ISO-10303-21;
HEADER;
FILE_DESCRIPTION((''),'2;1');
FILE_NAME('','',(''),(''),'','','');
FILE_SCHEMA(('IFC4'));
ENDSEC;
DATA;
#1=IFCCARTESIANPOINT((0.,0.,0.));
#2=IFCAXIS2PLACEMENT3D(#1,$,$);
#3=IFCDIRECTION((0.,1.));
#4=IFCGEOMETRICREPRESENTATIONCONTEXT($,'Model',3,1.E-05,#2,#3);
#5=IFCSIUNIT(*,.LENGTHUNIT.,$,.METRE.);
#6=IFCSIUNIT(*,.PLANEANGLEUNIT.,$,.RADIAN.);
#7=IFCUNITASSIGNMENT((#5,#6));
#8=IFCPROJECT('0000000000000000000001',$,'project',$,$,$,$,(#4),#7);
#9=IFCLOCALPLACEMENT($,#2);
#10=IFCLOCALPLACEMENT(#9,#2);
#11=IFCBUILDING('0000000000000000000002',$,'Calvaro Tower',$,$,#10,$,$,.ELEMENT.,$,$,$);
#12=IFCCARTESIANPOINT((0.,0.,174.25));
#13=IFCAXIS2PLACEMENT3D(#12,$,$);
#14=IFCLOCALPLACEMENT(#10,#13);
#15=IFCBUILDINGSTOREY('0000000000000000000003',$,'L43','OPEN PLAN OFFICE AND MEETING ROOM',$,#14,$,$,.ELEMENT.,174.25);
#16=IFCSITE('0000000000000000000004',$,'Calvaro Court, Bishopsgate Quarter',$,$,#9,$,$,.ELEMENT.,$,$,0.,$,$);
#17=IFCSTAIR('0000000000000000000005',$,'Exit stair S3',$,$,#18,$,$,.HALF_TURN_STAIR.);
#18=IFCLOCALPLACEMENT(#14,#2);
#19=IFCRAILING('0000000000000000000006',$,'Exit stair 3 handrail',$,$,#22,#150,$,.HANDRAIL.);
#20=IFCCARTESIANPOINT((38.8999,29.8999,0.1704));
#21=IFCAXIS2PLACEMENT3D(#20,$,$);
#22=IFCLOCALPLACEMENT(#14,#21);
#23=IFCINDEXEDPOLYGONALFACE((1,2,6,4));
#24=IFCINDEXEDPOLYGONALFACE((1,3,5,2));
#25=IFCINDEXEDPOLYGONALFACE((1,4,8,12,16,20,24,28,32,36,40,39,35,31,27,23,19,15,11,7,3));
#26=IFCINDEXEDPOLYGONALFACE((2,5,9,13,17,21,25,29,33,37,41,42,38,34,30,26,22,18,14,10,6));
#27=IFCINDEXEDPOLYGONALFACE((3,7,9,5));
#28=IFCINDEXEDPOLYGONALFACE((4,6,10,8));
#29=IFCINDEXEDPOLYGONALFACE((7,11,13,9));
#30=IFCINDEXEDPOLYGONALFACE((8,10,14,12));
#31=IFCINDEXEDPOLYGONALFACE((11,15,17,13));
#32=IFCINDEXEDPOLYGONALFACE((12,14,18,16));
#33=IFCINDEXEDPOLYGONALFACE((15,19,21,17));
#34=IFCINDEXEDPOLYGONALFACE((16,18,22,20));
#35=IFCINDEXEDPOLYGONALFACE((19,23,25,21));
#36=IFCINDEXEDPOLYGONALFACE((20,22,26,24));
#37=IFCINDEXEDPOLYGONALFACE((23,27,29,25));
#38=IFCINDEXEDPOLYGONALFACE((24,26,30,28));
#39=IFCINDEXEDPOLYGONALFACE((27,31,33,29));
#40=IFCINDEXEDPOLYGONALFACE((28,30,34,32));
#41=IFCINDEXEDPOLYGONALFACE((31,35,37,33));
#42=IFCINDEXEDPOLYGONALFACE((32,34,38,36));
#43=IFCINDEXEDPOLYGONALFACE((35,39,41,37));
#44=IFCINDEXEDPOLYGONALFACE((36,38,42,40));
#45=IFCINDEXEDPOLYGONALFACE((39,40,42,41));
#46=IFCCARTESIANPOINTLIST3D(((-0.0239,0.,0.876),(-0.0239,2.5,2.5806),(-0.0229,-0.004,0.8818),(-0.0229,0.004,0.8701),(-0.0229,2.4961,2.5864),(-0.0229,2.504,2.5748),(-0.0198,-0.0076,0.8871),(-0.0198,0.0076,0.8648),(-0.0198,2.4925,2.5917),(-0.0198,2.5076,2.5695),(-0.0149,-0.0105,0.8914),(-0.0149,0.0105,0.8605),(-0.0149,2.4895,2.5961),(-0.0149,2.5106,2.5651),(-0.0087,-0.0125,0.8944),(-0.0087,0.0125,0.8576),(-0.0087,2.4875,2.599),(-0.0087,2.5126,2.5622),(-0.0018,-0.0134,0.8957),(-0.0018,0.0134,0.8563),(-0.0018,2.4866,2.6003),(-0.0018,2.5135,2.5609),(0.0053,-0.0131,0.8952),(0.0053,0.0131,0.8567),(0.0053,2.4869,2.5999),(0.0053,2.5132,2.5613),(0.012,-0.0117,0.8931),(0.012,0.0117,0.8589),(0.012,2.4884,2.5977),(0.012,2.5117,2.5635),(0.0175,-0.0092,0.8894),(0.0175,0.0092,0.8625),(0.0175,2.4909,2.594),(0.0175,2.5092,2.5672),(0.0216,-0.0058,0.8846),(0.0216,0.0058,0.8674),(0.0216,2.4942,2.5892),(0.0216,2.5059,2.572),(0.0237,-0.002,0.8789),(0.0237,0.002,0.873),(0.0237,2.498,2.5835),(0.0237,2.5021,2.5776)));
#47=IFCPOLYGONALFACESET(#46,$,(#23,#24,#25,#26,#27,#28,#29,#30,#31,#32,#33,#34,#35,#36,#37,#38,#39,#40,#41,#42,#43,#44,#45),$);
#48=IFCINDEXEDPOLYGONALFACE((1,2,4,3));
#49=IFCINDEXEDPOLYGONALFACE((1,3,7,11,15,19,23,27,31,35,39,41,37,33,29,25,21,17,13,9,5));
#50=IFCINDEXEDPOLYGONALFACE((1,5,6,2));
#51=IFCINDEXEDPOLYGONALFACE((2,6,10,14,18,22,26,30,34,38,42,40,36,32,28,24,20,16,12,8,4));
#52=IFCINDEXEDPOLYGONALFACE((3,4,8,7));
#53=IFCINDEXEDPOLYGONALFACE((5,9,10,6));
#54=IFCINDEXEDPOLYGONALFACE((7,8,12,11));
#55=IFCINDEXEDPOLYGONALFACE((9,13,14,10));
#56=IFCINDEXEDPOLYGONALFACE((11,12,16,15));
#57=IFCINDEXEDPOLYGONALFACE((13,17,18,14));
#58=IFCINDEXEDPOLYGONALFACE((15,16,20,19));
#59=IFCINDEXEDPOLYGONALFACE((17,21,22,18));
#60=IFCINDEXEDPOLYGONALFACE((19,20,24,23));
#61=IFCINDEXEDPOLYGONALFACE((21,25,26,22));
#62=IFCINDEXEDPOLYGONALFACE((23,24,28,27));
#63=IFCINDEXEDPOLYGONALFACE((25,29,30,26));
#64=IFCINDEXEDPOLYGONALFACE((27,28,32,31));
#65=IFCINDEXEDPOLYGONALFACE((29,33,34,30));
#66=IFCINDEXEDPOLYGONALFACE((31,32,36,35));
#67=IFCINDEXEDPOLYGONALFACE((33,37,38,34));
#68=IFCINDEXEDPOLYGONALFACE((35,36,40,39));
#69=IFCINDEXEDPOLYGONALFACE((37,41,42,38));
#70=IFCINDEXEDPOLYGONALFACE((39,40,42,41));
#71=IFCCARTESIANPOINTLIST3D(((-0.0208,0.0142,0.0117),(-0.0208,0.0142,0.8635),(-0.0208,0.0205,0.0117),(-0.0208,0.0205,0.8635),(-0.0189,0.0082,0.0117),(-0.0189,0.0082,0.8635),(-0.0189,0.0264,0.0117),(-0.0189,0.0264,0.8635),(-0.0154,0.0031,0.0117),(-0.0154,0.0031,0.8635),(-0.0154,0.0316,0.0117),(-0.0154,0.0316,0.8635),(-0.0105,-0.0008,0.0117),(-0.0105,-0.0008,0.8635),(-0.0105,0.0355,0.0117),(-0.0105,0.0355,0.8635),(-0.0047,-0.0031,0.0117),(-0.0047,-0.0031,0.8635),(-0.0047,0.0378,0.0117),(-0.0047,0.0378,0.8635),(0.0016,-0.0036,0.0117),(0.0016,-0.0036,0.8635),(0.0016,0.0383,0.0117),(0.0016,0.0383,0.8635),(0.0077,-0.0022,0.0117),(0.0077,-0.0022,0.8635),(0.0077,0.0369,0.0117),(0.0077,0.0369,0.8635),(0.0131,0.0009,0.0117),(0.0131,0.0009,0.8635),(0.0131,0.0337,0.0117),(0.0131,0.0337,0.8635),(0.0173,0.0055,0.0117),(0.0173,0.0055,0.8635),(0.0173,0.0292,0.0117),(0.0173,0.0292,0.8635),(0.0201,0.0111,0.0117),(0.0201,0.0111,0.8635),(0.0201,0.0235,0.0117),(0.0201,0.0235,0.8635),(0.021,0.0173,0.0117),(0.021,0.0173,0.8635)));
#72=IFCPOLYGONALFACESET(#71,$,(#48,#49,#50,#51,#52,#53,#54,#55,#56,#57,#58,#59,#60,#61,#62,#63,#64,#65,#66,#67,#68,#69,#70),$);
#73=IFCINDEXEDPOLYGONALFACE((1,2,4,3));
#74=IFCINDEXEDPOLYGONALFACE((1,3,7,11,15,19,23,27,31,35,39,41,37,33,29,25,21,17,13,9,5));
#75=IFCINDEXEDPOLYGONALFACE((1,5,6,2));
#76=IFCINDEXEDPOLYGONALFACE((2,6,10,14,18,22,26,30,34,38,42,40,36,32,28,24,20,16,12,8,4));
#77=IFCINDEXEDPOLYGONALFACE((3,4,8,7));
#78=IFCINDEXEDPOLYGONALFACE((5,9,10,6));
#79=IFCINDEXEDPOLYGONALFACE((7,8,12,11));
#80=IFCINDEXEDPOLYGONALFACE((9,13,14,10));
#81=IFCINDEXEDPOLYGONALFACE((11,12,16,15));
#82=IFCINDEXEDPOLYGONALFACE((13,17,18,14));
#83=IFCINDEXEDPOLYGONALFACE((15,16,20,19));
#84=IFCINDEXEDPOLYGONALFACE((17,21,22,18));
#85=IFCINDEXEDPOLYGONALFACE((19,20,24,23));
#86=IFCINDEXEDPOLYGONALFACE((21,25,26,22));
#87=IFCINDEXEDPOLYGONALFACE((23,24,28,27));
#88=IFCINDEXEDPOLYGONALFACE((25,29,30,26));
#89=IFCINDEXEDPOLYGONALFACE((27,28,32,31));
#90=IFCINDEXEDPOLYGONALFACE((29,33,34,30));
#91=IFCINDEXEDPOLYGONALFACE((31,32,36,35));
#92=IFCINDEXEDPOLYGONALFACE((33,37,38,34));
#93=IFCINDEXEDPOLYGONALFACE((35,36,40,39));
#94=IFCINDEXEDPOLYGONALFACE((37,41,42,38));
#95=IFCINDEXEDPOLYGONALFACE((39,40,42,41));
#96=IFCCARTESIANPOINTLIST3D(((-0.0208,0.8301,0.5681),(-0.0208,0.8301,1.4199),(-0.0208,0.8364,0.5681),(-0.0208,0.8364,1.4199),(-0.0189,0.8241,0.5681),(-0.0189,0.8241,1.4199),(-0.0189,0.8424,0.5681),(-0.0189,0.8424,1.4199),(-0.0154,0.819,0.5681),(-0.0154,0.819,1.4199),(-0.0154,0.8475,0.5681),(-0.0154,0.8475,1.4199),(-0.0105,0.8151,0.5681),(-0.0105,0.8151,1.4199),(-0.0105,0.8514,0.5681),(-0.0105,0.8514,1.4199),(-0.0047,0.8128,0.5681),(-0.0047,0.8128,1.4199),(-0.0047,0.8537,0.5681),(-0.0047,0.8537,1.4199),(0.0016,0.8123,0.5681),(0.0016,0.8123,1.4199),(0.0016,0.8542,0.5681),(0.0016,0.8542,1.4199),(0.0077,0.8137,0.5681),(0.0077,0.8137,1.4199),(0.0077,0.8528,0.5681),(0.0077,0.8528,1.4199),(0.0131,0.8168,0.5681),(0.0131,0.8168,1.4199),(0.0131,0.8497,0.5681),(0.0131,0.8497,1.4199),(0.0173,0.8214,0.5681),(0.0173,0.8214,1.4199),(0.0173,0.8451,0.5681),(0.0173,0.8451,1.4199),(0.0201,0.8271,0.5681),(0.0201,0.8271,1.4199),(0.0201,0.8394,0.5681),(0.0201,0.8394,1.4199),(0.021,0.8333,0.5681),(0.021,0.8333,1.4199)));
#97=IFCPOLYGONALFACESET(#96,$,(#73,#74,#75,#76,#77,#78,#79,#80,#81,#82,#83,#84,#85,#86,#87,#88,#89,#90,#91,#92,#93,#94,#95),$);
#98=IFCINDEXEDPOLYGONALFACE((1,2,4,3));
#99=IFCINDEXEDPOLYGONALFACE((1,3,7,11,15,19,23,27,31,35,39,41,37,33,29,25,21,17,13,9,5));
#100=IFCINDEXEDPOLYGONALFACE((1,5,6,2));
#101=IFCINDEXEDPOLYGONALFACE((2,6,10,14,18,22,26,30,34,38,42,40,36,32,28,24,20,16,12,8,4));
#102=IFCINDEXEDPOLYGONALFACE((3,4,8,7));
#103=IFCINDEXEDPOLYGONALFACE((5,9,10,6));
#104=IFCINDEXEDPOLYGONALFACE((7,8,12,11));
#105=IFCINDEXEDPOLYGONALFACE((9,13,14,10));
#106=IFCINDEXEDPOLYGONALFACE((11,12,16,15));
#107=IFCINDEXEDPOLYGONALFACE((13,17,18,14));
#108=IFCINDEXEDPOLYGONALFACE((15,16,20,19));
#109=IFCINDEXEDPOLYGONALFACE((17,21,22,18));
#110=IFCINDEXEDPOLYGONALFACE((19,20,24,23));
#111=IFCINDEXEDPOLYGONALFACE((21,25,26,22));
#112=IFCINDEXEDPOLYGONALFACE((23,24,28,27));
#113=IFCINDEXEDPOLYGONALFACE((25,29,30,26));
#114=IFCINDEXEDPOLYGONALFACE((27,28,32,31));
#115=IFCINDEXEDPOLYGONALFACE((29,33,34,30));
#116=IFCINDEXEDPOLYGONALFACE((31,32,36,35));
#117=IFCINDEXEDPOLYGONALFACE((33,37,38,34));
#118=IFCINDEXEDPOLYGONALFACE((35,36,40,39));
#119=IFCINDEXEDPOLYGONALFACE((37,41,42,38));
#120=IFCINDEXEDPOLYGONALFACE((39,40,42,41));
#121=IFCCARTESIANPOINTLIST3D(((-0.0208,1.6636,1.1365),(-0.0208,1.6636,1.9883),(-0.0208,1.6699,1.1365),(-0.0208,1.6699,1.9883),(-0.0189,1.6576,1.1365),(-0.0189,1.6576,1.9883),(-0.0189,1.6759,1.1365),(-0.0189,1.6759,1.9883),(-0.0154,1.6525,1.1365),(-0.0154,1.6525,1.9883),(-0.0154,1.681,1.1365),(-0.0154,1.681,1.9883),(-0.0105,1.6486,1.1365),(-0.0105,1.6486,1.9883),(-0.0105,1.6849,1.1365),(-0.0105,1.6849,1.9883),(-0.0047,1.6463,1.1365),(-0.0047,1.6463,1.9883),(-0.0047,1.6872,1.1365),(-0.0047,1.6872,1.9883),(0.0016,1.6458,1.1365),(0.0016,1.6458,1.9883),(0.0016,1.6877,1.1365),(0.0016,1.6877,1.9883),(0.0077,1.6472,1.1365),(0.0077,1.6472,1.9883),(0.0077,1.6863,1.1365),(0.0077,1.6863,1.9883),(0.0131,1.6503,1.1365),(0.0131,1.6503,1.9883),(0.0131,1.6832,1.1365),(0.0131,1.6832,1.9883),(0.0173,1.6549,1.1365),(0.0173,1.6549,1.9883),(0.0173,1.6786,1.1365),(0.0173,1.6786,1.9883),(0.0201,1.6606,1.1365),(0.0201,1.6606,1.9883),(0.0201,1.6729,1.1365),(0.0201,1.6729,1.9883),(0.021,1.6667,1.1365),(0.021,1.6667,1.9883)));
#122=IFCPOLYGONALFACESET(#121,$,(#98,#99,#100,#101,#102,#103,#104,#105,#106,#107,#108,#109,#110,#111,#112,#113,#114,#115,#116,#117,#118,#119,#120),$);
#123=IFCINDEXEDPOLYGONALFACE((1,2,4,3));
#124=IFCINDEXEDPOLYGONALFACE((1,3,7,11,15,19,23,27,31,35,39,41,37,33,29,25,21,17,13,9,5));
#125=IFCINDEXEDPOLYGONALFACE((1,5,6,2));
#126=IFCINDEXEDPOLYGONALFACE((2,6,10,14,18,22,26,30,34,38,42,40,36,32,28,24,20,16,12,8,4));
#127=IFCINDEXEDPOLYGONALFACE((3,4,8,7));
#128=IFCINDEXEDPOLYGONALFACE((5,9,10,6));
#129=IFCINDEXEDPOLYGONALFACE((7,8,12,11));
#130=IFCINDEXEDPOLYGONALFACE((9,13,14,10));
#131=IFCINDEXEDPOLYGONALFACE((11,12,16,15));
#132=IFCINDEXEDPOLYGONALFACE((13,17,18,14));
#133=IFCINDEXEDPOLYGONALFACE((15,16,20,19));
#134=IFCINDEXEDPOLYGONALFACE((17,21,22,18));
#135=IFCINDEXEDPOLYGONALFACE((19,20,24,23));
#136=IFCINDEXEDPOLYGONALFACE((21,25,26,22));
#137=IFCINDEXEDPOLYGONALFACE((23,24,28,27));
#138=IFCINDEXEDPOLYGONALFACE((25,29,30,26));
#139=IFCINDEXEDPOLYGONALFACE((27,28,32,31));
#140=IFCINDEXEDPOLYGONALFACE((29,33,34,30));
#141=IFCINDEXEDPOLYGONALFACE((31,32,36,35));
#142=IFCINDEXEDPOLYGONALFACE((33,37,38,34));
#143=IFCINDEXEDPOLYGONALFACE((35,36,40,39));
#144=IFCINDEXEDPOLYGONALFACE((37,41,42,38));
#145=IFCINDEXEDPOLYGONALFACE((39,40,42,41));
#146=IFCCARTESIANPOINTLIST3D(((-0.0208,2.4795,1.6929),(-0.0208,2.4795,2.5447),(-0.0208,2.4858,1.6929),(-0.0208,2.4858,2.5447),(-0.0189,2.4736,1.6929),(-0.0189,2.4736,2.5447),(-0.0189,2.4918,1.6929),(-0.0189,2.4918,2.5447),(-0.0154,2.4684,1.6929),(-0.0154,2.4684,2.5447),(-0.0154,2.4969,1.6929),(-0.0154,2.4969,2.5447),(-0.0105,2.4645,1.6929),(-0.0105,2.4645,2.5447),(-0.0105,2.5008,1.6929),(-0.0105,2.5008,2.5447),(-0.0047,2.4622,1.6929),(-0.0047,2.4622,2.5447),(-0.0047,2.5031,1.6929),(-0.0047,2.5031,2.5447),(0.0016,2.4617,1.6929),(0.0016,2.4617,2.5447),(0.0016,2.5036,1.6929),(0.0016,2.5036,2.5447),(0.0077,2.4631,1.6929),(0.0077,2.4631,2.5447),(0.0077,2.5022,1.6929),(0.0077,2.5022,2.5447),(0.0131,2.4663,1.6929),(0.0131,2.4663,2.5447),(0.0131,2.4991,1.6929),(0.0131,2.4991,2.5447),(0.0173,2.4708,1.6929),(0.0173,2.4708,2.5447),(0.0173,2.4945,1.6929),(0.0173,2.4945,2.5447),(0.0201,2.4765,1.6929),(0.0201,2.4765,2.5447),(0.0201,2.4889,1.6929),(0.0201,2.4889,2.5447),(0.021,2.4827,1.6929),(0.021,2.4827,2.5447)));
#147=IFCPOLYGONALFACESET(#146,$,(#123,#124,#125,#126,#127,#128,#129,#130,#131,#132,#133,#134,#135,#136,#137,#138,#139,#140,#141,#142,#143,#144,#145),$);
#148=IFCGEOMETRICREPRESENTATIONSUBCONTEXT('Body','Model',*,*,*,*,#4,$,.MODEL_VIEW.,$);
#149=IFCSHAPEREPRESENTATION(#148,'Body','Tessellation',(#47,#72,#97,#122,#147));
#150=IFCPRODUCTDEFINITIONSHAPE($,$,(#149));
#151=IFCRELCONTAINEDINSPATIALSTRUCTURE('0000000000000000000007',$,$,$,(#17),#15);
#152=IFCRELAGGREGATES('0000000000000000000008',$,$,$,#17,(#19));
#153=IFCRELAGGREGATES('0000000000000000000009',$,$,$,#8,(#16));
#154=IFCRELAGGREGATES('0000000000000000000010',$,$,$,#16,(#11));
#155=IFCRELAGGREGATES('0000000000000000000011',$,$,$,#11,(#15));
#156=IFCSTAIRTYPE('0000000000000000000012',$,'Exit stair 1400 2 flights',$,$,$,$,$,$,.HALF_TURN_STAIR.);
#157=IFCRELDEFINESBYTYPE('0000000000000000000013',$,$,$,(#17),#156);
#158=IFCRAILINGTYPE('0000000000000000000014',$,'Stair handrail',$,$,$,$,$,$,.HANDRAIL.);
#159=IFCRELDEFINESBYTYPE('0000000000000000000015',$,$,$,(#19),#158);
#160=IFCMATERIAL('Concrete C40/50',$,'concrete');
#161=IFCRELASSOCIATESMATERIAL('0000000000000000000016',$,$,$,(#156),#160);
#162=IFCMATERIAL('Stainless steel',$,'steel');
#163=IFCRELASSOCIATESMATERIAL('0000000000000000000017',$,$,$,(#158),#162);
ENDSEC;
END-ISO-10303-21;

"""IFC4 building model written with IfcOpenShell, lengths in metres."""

from ifc_helpers import new_model, si_unit, direction, frame, origin, origin_2d, place, context, subcontext, project, spatial, circle, extrude, material, type_object, element, aggregate, save


model = new_model("IFC4")

# Units and contexts
model_context = context("Model", 3, precision=1e-05, world=origin(), true_north=direction((0.0, 1.0)))
body_context = subcontext(model_context, "Body", "Model", "MODEL_VIEW")
ifc_project = project(units=[si_unit("LENGTHUNIT", "METRE"), si_unit("PLANEANGLEUNIT", "RADIAN")], contexts=[model_context])

# Site, building, storey
site_placement = place(None, origin())
site = spatial("IfcSite", under=ifc_project, at=site_placement, Name="Calvaro Court, Bishopsgate Quarter", CompositionType="ELEMENT", RefElevation=0.0)
building_placement = place(site_placement, origin())
building = spatial("IfcBuilding", under=site, at=building_placement, Name="Calvaro Tower", CompositionType="ELEMENT")
storey_placement = place(building_placement, frame((0.0, 0.0, 174.25)))
storey = spatial("IfcBuildingStorey", under=building, at=storey_placement, Name="L43", Description="OPEN PLAN OFFICE AND MEETING ROOM", CompositionType="ELEMENT", Elevation=174.25)

# Stair, railing
ifc_material_1 = material(Name="Concrete C40/50", Category="concrete")
stair_type = type_object("IfcStairType", Name="Exit stair 1400 2 flights", PredefinedType="HALF_TURN_STAIR", material=ifc_material_1)
stair_placement = place(storey_placement, origin())
stair = element("IfcStair", 1, at=stair_placement, inside=storey, type_object=stair_type, Name="Exit stair S3", PredefinedType="HALF_TURN_STAIR")
ifc_material_2 = material(Name="Stainless steel", Category="steel")
railing_type = type_object("IfcRailingType", Name="Stair handrail", PredefinedType="HANDRAIL", material=ifc_material_2)
railing_1_placement = place(storey_placement, frame((38.8999, 29.8999, 0.1704)))
railing_1 = element("IfcRailing", 2, at=railing_1_placement, type_object=railing_type, Name="Exit stair 3 handrail", PredefinedType="HANDRAIL", context=body_context, shape_type="SweptSolid", body=[
    extrude(circle(Radius=0.0239, at=origin_2d()), frame((0.0, 0.0, 0.876), z_axis=(0.0, 0.826221, 0.563347), x_axis=(-1.0, 0.0, 0.0)), (0.0, 0.0, 1.0), 3.0259),
    extrude(circle(Radius=0.021, at=origin_2d()), frame((0.0, 0.0173, 0.0117)), (0.0, 0.0, 1.0), 0.8518),
    extrude(circle(Radius=0.021, at=origin_2d()), frame((0.0, 0.8333, 0.5681)), (0.0, 0.0, 1.0), 0.8518),
    extrude(circle(Radius=0.021, at=origin_2d()), frame((0.0, 1.6667, 1.1365)), (0.0, 0.0, 1.0), 0.8518),
    extrude(circle(Radius=0.021, at=origin_2d()), frame((0.0, 2.4827, 1.6929)), (0.0, 0.0, 1.0), 0.8518),
])
aggregate(stair, [railing_1])

save(model, "model.ifc")
